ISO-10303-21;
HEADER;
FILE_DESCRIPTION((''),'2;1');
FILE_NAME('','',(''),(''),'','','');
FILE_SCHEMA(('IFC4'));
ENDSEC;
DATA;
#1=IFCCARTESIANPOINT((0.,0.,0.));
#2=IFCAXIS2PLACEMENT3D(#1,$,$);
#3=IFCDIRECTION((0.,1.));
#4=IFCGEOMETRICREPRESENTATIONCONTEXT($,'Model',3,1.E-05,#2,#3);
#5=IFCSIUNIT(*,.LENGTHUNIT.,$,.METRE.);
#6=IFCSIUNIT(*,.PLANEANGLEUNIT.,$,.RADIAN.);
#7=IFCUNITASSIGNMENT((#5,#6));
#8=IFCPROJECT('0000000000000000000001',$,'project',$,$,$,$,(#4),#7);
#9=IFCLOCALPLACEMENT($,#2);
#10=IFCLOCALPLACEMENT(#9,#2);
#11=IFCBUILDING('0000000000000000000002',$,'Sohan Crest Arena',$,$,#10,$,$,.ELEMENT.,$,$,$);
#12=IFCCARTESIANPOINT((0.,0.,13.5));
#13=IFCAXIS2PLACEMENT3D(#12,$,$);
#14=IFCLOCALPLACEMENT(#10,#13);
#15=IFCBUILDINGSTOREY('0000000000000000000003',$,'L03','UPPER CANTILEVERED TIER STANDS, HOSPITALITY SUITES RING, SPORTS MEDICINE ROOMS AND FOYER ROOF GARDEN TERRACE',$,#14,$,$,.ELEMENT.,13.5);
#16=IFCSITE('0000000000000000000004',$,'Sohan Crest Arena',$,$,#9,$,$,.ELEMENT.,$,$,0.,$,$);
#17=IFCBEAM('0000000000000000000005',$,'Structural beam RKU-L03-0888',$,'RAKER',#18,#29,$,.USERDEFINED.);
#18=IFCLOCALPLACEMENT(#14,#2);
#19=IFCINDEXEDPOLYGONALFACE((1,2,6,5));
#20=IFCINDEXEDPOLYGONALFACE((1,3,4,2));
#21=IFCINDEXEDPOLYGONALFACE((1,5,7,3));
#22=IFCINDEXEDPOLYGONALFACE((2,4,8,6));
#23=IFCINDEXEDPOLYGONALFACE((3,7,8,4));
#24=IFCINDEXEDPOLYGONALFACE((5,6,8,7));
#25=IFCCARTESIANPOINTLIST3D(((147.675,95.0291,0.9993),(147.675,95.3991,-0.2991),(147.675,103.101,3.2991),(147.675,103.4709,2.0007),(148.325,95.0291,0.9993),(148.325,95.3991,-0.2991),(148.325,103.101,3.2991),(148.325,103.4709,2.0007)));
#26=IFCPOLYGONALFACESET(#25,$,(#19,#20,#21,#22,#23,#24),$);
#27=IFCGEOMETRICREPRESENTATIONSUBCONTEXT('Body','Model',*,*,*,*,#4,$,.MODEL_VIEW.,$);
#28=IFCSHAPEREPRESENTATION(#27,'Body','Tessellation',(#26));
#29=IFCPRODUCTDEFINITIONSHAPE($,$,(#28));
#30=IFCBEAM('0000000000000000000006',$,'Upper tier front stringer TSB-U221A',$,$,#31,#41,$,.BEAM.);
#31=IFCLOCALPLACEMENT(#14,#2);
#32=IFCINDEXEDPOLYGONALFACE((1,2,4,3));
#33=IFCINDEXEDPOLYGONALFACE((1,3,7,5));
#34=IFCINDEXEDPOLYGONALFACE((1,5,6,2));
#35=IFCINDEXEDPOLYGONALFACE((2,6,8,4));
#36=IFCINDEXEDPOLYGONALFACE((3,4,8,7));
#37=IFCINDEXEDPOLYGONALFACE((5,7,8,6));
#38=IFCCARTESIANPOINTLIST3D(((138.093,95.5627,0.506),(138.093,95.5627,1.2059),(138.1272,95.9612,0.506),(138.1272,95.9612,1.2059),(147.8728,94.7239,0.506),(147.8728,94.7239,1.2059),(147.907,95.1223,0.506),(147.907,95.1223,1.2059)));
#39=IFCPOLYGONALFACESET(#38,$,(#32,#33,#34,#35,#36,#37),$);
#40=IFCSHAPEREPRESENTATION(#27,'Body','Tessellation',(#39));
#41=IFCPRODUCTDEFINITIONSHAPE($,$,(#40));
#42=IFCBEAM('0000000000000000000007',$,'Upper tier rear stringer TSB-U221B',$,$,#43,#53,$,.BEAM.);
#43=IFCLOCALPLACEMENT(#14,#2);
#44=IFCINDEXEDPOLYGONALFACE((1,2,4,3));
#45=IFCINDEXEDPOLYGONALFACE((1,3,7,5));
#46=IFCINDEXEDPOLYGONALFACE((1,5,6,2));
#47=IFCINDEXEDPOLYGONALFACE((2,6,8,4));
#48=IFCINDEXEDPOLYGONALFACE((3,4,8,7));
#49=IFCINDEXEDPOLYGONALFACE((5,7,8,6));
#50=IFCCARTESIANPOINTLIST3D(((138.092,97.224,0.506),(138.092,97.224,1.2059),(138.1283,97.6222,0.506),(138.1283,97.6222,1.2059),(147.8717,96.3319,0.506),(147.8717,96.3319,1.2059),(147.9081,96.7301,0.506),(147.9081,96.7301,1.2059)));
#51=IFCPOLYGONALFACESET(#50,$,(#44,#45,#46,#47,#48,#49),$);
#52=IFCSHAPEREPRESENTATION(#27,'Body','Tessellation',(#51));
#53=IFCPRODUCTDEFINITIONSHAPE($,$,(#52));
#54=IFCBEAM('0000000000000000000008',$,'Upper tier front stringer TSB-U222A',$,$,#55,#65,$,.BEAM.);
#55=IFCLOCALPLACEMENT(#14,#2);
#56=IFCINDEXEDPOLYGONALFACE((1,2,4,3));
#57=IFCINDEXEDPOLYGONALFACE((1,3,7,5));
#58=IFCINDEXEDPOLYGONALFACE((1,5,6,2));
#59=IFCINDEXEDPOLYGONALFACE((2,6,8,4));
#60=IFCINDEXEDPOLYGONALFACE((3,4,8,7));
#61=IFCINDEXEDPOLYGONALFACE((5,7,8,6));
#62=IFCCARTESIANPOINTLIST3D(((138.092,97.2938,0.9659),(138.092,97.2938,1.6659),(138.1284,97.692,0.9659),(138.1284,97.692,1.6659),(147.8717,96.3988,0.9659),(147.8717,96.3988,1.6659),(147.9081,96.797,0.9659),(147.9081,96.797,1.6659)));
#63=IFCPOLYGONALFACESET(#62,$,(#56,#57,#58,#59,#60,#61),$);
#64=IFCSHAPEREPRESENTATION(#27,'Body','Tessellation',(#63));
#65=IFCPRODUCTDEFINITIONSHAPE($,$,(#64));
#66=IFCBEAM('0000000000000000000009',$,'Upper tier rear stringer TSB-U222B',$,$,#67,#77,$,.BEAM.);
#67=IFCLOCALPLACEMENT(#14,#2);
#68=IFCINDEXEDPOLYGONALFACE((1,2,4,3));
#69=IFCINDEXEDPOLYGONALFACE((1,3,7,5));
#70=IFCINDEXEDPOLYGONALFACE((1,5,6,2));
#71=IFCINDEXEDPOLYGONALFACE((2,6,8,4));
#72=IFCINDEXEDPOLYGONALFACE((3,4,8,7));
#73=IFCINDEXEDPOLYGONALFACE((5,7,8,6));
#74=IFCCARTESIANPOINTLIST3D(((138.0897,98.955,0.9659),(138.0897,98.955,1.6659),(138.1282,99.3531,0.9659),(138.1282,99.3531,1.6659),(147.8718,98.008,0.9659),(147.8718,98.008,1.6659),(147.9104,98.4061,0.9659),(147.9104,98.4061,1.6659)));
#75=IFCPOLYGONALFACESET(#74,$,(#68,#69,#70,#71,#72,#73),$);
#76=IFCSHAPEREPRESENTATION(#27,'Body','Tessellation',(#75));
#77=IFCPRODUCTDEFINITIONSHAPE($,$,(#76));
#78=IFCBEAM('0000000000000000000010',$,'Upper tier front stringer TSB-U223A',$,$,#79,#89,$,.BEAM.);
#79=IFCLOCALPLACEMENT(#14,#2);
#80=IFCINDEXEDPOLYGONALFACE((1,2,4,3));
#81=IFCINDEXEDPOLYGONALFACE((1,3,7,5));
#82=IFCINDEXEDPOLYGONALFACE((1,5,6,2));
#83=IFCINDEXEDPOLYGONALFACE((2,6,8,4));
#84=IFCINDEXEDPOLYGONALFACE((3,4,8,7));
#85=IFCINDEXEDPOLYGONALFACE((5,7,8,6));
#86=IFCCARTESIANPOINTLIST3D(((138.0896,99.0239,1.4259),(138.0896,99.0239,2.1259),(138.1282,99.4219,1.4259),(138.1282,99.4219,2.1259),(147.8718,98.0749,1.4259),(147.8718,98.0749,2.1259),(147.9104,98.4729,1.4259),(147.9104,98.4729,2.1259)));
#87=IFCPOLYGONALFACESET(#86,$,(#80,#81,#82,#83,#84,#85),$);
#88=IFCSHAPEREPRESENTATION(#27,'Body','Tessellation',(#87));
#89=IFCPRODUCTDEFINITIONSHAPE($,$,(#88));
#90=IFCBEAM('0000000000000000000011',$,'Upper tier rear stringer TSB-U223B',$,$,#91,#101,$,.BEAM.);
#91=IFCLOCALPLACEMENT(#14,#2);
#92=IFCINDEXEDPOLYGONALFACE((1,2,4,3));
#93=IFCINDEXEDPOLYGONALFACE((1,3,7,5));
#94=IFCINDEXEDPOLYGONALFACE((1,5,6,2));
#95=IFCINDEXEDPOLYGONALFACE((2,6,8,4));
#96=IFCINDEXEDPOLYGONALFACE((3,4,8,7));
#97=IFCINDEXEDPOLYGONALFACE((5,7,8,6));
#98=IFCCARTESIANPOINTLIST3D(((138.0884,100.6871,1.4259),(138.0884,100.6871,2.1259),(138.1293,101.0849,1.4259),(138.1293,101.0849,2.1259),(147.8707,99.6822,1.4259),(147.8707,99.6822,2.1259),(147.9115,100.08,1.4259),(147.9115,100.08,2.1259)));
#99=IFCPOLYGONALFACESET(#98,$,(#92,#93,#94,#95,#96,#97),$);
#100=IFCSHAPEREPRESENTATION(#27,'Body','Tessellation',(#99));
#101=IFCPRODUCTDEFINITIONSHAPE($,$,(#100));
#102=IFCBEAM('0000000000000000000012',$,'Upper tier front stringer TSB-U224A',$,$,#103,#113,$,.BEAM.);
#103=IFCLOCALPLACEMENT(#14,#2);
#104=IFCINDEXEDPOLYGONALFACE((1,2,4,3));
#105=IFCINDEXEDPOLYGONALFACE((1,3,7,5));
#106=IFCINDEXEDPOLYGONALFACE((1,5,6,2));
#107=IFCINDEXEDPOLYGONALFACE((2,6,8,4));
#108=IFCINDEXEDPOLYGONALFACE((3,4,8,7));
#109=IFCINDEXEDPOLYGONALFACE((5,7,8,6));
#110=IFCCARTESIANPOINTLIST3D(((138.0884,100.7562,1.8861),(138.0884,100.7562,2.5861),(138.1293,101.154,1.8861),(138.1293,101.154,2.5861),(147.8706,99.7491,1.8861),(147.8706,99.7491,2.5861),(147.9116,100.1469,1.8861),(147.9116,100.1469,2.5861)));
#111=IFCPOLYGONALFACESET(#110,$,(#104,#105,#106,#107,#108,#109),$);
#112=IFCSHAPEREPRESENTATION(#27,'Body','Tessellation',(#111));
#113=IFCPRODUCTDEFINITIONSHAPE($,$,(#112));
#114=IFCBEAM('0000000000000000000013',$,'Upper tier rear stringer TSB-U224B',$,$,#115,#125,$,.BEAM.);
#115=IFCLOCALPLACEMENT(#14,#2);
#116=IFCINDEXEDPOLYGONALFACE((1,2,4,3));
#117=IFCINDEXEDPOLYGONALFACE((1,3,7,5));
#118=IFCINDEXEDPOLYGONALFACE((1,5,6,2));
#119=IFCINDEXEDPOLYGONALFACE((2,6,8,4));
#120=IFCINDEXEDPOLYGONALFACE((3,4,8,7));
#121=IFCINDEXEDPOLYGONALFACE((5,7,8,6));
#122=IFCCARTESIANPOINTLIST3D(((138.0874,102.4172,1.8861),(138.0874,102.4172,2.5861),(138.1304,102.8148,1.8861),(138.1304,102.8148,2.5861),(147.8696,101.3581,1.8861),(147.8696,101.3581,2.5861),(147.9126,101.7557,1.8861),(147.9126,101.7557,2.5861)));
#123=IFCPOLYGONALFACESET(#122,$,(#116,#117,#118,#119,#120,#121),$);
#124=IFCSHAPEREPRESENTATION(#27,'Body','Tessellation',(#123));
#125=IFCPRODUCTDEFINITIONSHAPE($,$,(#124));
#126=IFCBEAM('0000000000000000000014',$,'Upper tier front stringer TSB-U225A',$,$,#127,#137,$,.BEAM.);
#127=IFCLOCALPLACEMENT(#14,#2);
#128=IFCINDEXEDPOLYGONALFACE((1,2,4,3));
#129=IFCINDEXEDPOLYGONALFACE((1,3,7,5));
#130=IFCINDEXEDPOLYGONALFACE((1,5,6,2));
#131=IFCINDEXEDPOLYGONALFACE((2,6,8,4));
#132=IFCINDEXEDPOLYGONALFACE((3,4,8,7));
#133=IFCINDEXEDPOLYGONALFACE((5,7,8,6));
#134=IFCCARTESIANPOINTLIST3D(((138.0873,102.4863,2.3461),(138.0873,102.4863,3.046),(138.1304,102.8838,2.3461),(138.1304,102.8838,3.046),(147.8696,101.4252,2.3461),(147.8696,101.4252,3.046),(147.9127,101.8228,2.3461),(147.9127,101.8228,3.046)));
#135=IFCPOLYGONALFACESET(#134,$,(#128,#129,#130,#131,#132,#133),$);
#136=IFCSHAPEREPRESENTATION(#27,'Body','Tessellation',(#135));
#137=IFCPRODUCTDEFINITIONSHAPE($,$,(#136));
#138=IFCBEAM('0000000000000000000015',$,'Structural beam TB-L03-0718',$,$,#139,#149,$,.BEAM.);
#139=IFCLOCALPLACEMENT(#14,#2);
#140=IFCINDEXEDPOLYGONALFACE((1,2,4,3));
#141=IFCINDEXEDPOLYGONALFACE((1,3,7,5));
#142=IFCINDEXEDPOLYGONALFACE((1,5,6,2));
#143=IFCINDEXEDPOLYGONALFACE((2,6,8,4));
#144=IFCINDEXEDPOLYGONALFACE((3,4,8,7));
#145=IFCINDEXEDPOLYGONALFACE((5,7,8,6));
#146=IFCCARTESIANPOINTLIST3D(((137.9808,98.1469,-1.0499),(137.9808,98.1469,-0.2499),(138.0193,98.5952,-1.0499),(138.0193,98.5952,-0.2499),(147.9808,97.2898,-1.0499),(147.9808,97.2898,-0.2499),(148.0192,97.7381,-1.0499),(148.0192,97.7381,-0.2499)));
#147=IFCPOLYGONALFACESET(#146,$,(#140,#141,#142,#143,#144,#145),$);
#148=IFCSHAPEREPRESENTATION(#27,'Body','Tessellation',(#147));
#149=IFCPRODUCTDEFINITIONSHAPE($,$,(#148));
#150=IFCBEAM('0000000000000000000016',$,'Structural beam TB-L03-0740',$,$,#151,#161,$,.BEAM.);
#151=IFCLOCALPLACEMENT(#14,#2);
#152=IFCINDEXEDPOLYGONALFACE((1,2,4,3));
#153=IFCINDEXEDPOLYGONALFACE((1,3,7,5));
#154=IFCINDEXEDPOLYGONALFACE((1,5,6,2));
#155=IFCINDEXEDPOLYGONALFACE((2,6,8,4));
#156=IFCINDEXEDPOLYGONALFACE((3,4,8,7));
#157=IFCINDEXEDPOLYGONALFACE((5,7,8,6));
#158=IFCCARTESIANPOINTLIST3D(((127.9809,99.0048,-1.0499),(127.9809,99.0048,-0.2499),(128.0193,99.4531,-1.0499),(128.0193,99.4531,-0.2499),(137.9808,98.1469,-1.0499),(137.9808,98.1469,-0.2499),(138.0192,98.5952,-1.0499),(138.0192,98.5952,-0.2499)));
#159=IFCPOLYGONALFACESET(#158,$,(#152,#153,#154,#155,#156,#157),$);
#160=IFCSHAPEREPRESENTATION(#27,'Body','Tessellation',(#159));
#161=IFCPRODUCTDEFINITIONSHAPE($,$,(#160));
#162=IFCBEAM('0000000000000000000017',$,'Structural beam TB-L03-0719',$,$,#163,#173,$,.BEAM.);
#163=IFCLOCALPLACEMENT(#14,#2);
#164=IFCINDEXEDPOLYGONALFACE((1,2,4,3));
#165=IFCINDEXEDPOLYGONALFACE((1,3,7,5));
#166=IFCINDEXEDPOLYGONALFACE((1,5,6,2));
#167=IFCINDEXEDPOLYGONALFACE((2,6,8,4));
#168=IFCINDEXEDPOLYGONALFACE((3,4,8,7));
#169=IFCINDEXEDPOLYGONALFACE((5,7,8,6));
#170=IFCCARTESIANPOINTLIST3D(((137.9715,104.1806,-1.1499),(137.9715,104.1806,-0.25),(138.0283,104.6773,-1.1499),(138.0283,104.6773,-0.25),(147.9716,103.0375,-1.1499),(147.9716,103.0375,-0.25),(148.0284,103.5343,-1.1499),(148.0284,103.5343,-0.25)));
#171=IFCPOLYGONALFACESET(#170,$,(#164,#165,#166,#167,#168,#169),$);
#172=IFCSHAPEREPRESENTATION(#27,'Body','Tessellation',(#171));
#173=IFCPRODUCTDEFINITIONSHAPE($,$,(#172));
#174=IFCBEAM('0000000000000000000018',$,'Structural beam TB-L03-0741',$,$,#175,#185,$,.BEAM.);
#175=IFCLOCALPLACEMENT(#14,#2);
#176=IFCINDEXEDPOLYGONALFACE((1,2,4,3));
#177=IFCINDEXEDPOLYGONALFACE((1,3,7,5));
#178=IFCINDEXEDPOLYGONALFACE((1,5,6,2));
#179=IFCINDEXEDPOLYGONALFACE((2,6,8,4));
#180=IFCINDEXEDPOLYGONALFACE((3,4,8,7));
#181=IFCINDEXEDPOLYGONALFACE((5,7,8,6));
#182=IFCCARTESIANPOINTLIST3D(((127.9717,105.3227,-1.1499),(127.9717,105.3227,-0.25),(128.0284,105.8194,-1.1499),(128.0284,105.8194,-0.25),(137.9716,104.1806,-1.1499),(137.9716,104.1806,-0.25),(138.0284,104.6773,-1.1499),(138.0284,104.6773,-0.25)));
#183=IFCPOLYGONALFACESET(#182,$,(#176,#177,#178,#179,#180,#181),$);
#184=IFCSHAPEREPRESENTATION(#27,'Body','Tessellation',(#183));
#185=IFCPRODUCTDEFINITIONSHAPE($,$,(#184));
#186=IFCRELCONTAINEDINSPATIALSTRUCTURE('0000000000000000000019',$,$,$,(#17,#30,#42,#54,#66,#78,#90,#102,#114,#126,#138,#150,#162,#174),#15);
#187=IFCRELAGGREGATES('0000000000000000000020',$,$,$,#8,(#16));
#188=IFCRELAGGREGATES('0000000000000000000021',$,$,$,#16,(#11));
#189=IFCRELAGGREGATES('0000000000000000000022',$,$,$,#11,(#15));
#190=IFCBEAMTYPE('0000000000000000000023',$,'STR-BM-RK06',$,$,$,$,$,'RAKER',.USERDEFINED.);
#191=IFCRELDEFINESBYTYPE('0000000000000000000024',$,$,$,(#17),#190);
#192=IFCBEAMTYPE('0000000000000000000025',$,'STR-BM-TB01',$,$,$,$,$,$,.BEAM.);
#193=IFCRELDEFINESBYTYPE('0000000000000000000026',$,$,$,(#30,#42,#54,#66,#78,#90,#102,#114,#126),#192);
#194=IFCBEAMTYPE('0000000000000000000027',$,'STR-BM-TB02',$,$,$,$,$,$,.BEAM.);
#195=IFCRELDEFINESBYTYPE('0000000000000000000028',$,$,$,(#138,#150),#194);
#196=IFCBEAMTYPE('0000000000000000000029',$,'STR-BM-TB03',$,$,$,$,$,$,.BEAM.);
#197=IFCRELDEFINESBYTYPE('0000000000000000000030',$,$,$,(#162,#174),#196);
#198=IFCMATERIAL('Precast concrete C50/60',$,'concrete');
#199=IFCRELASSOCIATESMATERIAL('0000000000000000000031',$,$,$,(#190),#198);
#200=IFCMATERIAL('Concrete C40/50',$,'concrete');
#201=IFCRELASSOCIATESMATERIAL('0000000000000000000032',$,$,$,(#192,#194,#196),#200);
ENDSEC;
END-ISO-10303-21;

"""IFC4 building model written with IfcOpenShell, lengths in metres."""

from ifc_helpers import new_model, si_unit, direction, frame, origin, origin_2d, place, context, subcontext, project, spatial, rectangle, extrude, material, material_profile, profile_set, type_object, element, save


model = new_model("IFC4")

# Units and contexts
model_context = context("Model", 3, precision=1e-05, world=origin(), true_north=direction((0.0, 1.0)))
body_context = subcontext(model_context, "Body", "Model", "MODEL_VIEW")
ifc_project = project(units=[si_unit("LENGTHUNIT", "METRE"), si_unit("PLANEANGLEUNIT", "RADIAN")], contexts=[model_context])

# Site, building, storey
site_placement = place(None, origin())
site = spatial("IfcSite", under=ifc_project, at=site_placement, Name="Sohan Crest Arena", CompositionType="ELEMENT", RefElevation=0.0)
building_placement = place(site_placement, origin())
building = spatial("IfcBuilding", under=site, at=building_placement, Name="Sohan Crest Arena", CompositionType="ELEMENT")
storey_placement = place(building_placement, frame((0.0, 0.0, 13.5)))
storey = spatial("IfcBuildingStorey", under=building, at=storey_placement, Name="L03", Description="UPPER CANTILEVERED TIER STANDS, HOSPITALITY SUITES RING, SPORTS MEDICINE ROOMS AND FOYER ROOF GARDEN TERRACE", CompositionType="ELEMENT", Elevation=13.5)

# Shared definitions
ifc_material_1 = material(Name="Concrete C40/50", Category="concrete")

# Beams
ifc_material_2 = material(Name="Precast concrete C50/60", Category="concrete")
ifc_material_profile_1 = material_profile(ifc_material_2, rectangle(XDim=0.6499, YDim=1.3501, at=origin_2d()), Name="RAKER 650x1350")
ifc_profile_set_1 = profile_set([ifc_material_profile_1], Name="Precast concrete C50/60")
beam_type_1 = type_object("IfcBeamType", Name="STR-BM-RK06", ElementType="RAKER", PredefinedType="USERDEFINED", material=ifc_profile_set_1)
beam_1_placement = place(storey_placement, frame((148.0, 95.2141, 0.3501), z_axis=(0.0, 0.961726, 0.274014), x_axis=(-1.0, 0.0, 0.0)))
element("IfcBeam", 1, at=beam_1_placement, inside=storey, type_object=beam_type_1, Name="Structural beam RKU-L03-0888", ObjectType="RAKER", PredefinedType="USERDEFINED", context=body_context, shape_type="SweptSolid", body=[
    extrude(rectangle(XDim=0.6499, YDim=1.3501, at=origin_2d()), origin(), (0.0, 0.0, 1.0), 8.3931),
])
ifc_material_profile_2 = material_profile(ifc_material_1, rectangle(XDim=0.3999, YDim=0.7, at=origin_2d()), Name="RC-BM 400x700")
ifc_profile_set_2 = profile_set([ifc_material_profile_2], Name="Concrete C40/50")
beam_type_2 = type_object("IfcBeamType", Name="STR-BM-TB01", PredefinedType="BEAM", material=ifc_profile_set_2)
beam_2_placement = place(storey_placement, frame((147.8899, 94.9231, 0.856), z_axis=(-0.996341, 0.085462, 0.0), x_axis=(-0.085462, -0.996341, 0.0)))
element("IfcBeam", 2, at=beam_2_placement, inside=storey, type_object=beam_type_2, Name="Upper tier front stringer TSB-U221A", PredefinedType="BEAM", context=body_context, shape_type="SweptSolid", body=[
    extrude(rectangle(XDim=0.3999, YDim=0.7, at=origin_2d()), origin(), (0.0, 0.0, 1.0), 9.8157),
])
beam_3_placement = place(storey_placement, frame((147.8899, 96.531, 0.856), z_axis=(-0.995865, 0.090841, 0.0), x_axis=(-0.090841, -0.995865, 0.0)))
element("IfcBeam", 3, at=beam_3_placement, inside=storey, type_object=beam_type_2, Name="Upper tier rear stringer TSB-U221B", PredefinedType="BEAM", context=body_context, shape_type="SweptSolid", body=[
    extrude(rectangle(XDim=0.3999, YDim=0.7, at=origin_2d()), origin(), (0.0, 0.0, 1.0), 9.8203),
])
beam_4_placement = place(storey_placement, frame((147.8899, 96.5979, 1.3159), z_axis=(-0.995838, 0.091136, 0.0), x_axis=(-0.091136, -0.995838, 0.0)))
element("IfcBeam", 4, at=beam_4_placement, inside=storey, type_object=beam_type_2, Name="Upper tier front stringer TSB-U222A", PredefinedType="BEAM", context=body_context, shape_type="SweptSolid", body=[
    extrude(rectangle(XDim=0.3999, YDim=0.7, at=origin_2d()), origin(), (0.0, 0.0, 1.0), 9.8206),
])
beam_5_placement = place(storey_placement, frame((147.8911, 98.207, 1.3159), z_axis=(-0.995347, 0.09636, 0.0), x_axis=(-0.09636, -0.995347, 0.0)))
element("IfcBeam", 5, at=beam_5_placement, inside=storey, type_object=beam_type_2, Name="Upper tier rear stringer TSB-U222B", PredefinedType="BEAM", context=body_context, shape_type="SweptSolid", body=[
    extrude(rectangle(XDim=0.3999, YDim=0.7, at=origin_2d()), origin(), (0.0, 0.0, 1.0), 9.8279),
])
beam_6_placement = place(storey_placement, frame((147.8911, 98.2739, 1.7759), z_axis=(-0.995327, 0.096557, 0.0), x_axis=(-0.096557, -0.995327, 0.0)))
element("IfcBeam", 6, at=beam_6_placement, inside=storey, type_object=beam_type_2, Name="Upper tier front stringer TSB-U223A", PredefinedType="BEAM", context=body_context, shape_type="SweptSolid", body=[
    extrude(rectangle(XDim=0.3999, YDim=0.7, at=origin_2d()), origin(), (0.0, 0.0, 1.0), 9.8281),
])
beam_7_placement = place(storey_placement, frame((147.8911, 99.8811, 1.7759), z_axis=(-0.994765, 0.102188, 0.0), x_axis=(-0.102188, -0.994765, 0.0)))
element("IfcBeam", 7, at=beam_7_placement, inside=storey, type_object=beam_type_2, Name="Upper tier rear stringer TSB-U223B", PredefinedType="BEAM", context=body_context, shape_type="SweptSolid", body=[
    extrude(rectangle(XDim=0.3999, YDim=0.7, at=origin_2d()), origin(), (0.0, 0.0, 1.0), 9.8337),
])
beam_8_placement = place(storey_placement, frame((147.8911, 99.948, 2.2361), z_axis=(-0.994742, 0.102409, 0.0), x_axis=(-0.102409, -0.994742, 0.0)))
element("IfcBeam", 8, at=beam_8_placement, inside=storey, type_object=beam_type_2, Name="Upper tier front stringer TSB-U224A", PredefinedType="BEAM", context=body_context, shape_type="SweptSolid", body=[
    extrude(rectangle(XDim=0.3999, YDim=0.7, at=origin_2d()), origin(), (0.0, 0.0, 1.0), 9.834),
])
beam_9_placement = place(storey_placement, frame((147.8911, 101.5569, 2.2361), z_axis=(-0.99419, 0.107637, 0.0), x_axis=(-0.107637, -0.99419, 0.0)))
element("IfcBeam", 9, at=beam_9_placement, inside=storey, type_object=beam_type_2, Name="Upper tier rear stringer TSB-U224B", PredefinedType="BEAM", context=body_context, shape_type="SweptSolid", body=[
    extrude(rectangle(XDim=0.3999, YDim=0.7, at=origin_2d()), origin(), (0.0, 0.0, 1.0), 9.8394),
])
beam_10_placement = place(storey_placement, frame((147.8911, 101.624, 2.696), z_axis=(-0.994169, 0.107833, 0.0), x_axis=(-0.107833, -0.994169, 0.0)))
element("IfcBeam", 10, at=beam_10_placement, inside=storey, type_object=beam_type_2, Name="Upper tier front stringer TSB-U225A", PredefinedType="BEAM", context=body_context, shape_type="SweptSolid", body=[
    extrude(rectangle(XDim=0.3999, YDim=0.7, at=origin_2d()), origin(), (0.0, 0.0, 1.0), 9.8396),
])
ifc_material_profile_3 = material_profile(ifc_material_1, rectangle(XDim=0.45, YDim=0.8, at=origin_2d()), Name="RC-BM 450x800")
ifc_profile_set_3 = profile_set([ifc_material_profile_3], Name="Concrete C40/50")
beam_type_3 = type_object("IfcBeamType", Name="STR-BM-TB02", PredefinedType="BEAM", material=ifc_profile_set_3)
for number, where, z_axis, x_axis, name in (
    (11, (148.0, 97.5139, -0.6499), (-0.996346, 0.085405, 0.0), (-0.085405, -0.996346, 0.0), "Structural beam TB-L03-0718"),
    (12, (138.0, 98.3711, -0.6499), (-0.99634, 0.085477, 0.0), (-0.085477, -0.99634, 0.0), "Structural beam TB-L03-0740"),
):
    element("IfcBeam", number, at=place(storey_placement, frame(where, z_axis=z_axis, x_axis=x_axis)), inside=storey, type_object=beam_type_3, Name=name, PredefinedType="BEAM", context=body_context, shape_type="SweptSolid", body=[
        extrude(rectangle(XDim=0.45, YDim=0.8, at=origin_2d()), origin(), (0.0, 0.0, 1.0), 10.0366),
    ])
ifc_material_profile_4 = material_profile(ifc_material_1, rectangle(XDim=0.5, YDim=0.8999, at=origin_2d()), Name="RC-BM 500x900")
ifc_profile_set_4 = profile_set([ifc_material_profile_4], Name="Concrete C40/50")
beam_type_4 = type_object("IfcBeamType", Name="STR-BM-TB03", PredefinedType="BEAM", material=ifc_profile_set_4)
beam_11_placement = place(storey_placement, frame((148.0, 103.2859, -0.7), z_axis=(-0.99353, 0.113567, 0.0), x_axis=(-0.113567, -0.99353, 0.0)))
element("IfcBeam", 13, at=beam_11_placement, inside=storey, type_object=beam_type_4, Name="Structural beam TB-L03-0719", PredefinedType="BEAM", context=body_context, shape_type="SweptSolid", body=[
    extrude(rectangle(XDim=0.5, YDim=0.8999, at=origin_2d()), origin(), (0.0, 0.0, 1.0), 10.0652),
])
beam_12_placement = place(storey_placement, frame((138.0, 104.429, -0.7), z_axis=(-0.993541, 0.113471, 0.0), x_axis=(-0.113471, -0.993541, 0.0)))
element("IfcBeam", 14, at=beam_12_placement, inside=storey, type_object=beam_type_4, Name="Structural beam TB-L03-0741", PredefinedType="BEAM", context=body_context, shape_type="SweptSolid", body=[
    extrude(rectangle(XDim=0.5, YDim=0.8999, at=origin_2d()), origin(), (0.0, 0.0, 1.0), 10.0649),
])

save(model, "model.ifc")
